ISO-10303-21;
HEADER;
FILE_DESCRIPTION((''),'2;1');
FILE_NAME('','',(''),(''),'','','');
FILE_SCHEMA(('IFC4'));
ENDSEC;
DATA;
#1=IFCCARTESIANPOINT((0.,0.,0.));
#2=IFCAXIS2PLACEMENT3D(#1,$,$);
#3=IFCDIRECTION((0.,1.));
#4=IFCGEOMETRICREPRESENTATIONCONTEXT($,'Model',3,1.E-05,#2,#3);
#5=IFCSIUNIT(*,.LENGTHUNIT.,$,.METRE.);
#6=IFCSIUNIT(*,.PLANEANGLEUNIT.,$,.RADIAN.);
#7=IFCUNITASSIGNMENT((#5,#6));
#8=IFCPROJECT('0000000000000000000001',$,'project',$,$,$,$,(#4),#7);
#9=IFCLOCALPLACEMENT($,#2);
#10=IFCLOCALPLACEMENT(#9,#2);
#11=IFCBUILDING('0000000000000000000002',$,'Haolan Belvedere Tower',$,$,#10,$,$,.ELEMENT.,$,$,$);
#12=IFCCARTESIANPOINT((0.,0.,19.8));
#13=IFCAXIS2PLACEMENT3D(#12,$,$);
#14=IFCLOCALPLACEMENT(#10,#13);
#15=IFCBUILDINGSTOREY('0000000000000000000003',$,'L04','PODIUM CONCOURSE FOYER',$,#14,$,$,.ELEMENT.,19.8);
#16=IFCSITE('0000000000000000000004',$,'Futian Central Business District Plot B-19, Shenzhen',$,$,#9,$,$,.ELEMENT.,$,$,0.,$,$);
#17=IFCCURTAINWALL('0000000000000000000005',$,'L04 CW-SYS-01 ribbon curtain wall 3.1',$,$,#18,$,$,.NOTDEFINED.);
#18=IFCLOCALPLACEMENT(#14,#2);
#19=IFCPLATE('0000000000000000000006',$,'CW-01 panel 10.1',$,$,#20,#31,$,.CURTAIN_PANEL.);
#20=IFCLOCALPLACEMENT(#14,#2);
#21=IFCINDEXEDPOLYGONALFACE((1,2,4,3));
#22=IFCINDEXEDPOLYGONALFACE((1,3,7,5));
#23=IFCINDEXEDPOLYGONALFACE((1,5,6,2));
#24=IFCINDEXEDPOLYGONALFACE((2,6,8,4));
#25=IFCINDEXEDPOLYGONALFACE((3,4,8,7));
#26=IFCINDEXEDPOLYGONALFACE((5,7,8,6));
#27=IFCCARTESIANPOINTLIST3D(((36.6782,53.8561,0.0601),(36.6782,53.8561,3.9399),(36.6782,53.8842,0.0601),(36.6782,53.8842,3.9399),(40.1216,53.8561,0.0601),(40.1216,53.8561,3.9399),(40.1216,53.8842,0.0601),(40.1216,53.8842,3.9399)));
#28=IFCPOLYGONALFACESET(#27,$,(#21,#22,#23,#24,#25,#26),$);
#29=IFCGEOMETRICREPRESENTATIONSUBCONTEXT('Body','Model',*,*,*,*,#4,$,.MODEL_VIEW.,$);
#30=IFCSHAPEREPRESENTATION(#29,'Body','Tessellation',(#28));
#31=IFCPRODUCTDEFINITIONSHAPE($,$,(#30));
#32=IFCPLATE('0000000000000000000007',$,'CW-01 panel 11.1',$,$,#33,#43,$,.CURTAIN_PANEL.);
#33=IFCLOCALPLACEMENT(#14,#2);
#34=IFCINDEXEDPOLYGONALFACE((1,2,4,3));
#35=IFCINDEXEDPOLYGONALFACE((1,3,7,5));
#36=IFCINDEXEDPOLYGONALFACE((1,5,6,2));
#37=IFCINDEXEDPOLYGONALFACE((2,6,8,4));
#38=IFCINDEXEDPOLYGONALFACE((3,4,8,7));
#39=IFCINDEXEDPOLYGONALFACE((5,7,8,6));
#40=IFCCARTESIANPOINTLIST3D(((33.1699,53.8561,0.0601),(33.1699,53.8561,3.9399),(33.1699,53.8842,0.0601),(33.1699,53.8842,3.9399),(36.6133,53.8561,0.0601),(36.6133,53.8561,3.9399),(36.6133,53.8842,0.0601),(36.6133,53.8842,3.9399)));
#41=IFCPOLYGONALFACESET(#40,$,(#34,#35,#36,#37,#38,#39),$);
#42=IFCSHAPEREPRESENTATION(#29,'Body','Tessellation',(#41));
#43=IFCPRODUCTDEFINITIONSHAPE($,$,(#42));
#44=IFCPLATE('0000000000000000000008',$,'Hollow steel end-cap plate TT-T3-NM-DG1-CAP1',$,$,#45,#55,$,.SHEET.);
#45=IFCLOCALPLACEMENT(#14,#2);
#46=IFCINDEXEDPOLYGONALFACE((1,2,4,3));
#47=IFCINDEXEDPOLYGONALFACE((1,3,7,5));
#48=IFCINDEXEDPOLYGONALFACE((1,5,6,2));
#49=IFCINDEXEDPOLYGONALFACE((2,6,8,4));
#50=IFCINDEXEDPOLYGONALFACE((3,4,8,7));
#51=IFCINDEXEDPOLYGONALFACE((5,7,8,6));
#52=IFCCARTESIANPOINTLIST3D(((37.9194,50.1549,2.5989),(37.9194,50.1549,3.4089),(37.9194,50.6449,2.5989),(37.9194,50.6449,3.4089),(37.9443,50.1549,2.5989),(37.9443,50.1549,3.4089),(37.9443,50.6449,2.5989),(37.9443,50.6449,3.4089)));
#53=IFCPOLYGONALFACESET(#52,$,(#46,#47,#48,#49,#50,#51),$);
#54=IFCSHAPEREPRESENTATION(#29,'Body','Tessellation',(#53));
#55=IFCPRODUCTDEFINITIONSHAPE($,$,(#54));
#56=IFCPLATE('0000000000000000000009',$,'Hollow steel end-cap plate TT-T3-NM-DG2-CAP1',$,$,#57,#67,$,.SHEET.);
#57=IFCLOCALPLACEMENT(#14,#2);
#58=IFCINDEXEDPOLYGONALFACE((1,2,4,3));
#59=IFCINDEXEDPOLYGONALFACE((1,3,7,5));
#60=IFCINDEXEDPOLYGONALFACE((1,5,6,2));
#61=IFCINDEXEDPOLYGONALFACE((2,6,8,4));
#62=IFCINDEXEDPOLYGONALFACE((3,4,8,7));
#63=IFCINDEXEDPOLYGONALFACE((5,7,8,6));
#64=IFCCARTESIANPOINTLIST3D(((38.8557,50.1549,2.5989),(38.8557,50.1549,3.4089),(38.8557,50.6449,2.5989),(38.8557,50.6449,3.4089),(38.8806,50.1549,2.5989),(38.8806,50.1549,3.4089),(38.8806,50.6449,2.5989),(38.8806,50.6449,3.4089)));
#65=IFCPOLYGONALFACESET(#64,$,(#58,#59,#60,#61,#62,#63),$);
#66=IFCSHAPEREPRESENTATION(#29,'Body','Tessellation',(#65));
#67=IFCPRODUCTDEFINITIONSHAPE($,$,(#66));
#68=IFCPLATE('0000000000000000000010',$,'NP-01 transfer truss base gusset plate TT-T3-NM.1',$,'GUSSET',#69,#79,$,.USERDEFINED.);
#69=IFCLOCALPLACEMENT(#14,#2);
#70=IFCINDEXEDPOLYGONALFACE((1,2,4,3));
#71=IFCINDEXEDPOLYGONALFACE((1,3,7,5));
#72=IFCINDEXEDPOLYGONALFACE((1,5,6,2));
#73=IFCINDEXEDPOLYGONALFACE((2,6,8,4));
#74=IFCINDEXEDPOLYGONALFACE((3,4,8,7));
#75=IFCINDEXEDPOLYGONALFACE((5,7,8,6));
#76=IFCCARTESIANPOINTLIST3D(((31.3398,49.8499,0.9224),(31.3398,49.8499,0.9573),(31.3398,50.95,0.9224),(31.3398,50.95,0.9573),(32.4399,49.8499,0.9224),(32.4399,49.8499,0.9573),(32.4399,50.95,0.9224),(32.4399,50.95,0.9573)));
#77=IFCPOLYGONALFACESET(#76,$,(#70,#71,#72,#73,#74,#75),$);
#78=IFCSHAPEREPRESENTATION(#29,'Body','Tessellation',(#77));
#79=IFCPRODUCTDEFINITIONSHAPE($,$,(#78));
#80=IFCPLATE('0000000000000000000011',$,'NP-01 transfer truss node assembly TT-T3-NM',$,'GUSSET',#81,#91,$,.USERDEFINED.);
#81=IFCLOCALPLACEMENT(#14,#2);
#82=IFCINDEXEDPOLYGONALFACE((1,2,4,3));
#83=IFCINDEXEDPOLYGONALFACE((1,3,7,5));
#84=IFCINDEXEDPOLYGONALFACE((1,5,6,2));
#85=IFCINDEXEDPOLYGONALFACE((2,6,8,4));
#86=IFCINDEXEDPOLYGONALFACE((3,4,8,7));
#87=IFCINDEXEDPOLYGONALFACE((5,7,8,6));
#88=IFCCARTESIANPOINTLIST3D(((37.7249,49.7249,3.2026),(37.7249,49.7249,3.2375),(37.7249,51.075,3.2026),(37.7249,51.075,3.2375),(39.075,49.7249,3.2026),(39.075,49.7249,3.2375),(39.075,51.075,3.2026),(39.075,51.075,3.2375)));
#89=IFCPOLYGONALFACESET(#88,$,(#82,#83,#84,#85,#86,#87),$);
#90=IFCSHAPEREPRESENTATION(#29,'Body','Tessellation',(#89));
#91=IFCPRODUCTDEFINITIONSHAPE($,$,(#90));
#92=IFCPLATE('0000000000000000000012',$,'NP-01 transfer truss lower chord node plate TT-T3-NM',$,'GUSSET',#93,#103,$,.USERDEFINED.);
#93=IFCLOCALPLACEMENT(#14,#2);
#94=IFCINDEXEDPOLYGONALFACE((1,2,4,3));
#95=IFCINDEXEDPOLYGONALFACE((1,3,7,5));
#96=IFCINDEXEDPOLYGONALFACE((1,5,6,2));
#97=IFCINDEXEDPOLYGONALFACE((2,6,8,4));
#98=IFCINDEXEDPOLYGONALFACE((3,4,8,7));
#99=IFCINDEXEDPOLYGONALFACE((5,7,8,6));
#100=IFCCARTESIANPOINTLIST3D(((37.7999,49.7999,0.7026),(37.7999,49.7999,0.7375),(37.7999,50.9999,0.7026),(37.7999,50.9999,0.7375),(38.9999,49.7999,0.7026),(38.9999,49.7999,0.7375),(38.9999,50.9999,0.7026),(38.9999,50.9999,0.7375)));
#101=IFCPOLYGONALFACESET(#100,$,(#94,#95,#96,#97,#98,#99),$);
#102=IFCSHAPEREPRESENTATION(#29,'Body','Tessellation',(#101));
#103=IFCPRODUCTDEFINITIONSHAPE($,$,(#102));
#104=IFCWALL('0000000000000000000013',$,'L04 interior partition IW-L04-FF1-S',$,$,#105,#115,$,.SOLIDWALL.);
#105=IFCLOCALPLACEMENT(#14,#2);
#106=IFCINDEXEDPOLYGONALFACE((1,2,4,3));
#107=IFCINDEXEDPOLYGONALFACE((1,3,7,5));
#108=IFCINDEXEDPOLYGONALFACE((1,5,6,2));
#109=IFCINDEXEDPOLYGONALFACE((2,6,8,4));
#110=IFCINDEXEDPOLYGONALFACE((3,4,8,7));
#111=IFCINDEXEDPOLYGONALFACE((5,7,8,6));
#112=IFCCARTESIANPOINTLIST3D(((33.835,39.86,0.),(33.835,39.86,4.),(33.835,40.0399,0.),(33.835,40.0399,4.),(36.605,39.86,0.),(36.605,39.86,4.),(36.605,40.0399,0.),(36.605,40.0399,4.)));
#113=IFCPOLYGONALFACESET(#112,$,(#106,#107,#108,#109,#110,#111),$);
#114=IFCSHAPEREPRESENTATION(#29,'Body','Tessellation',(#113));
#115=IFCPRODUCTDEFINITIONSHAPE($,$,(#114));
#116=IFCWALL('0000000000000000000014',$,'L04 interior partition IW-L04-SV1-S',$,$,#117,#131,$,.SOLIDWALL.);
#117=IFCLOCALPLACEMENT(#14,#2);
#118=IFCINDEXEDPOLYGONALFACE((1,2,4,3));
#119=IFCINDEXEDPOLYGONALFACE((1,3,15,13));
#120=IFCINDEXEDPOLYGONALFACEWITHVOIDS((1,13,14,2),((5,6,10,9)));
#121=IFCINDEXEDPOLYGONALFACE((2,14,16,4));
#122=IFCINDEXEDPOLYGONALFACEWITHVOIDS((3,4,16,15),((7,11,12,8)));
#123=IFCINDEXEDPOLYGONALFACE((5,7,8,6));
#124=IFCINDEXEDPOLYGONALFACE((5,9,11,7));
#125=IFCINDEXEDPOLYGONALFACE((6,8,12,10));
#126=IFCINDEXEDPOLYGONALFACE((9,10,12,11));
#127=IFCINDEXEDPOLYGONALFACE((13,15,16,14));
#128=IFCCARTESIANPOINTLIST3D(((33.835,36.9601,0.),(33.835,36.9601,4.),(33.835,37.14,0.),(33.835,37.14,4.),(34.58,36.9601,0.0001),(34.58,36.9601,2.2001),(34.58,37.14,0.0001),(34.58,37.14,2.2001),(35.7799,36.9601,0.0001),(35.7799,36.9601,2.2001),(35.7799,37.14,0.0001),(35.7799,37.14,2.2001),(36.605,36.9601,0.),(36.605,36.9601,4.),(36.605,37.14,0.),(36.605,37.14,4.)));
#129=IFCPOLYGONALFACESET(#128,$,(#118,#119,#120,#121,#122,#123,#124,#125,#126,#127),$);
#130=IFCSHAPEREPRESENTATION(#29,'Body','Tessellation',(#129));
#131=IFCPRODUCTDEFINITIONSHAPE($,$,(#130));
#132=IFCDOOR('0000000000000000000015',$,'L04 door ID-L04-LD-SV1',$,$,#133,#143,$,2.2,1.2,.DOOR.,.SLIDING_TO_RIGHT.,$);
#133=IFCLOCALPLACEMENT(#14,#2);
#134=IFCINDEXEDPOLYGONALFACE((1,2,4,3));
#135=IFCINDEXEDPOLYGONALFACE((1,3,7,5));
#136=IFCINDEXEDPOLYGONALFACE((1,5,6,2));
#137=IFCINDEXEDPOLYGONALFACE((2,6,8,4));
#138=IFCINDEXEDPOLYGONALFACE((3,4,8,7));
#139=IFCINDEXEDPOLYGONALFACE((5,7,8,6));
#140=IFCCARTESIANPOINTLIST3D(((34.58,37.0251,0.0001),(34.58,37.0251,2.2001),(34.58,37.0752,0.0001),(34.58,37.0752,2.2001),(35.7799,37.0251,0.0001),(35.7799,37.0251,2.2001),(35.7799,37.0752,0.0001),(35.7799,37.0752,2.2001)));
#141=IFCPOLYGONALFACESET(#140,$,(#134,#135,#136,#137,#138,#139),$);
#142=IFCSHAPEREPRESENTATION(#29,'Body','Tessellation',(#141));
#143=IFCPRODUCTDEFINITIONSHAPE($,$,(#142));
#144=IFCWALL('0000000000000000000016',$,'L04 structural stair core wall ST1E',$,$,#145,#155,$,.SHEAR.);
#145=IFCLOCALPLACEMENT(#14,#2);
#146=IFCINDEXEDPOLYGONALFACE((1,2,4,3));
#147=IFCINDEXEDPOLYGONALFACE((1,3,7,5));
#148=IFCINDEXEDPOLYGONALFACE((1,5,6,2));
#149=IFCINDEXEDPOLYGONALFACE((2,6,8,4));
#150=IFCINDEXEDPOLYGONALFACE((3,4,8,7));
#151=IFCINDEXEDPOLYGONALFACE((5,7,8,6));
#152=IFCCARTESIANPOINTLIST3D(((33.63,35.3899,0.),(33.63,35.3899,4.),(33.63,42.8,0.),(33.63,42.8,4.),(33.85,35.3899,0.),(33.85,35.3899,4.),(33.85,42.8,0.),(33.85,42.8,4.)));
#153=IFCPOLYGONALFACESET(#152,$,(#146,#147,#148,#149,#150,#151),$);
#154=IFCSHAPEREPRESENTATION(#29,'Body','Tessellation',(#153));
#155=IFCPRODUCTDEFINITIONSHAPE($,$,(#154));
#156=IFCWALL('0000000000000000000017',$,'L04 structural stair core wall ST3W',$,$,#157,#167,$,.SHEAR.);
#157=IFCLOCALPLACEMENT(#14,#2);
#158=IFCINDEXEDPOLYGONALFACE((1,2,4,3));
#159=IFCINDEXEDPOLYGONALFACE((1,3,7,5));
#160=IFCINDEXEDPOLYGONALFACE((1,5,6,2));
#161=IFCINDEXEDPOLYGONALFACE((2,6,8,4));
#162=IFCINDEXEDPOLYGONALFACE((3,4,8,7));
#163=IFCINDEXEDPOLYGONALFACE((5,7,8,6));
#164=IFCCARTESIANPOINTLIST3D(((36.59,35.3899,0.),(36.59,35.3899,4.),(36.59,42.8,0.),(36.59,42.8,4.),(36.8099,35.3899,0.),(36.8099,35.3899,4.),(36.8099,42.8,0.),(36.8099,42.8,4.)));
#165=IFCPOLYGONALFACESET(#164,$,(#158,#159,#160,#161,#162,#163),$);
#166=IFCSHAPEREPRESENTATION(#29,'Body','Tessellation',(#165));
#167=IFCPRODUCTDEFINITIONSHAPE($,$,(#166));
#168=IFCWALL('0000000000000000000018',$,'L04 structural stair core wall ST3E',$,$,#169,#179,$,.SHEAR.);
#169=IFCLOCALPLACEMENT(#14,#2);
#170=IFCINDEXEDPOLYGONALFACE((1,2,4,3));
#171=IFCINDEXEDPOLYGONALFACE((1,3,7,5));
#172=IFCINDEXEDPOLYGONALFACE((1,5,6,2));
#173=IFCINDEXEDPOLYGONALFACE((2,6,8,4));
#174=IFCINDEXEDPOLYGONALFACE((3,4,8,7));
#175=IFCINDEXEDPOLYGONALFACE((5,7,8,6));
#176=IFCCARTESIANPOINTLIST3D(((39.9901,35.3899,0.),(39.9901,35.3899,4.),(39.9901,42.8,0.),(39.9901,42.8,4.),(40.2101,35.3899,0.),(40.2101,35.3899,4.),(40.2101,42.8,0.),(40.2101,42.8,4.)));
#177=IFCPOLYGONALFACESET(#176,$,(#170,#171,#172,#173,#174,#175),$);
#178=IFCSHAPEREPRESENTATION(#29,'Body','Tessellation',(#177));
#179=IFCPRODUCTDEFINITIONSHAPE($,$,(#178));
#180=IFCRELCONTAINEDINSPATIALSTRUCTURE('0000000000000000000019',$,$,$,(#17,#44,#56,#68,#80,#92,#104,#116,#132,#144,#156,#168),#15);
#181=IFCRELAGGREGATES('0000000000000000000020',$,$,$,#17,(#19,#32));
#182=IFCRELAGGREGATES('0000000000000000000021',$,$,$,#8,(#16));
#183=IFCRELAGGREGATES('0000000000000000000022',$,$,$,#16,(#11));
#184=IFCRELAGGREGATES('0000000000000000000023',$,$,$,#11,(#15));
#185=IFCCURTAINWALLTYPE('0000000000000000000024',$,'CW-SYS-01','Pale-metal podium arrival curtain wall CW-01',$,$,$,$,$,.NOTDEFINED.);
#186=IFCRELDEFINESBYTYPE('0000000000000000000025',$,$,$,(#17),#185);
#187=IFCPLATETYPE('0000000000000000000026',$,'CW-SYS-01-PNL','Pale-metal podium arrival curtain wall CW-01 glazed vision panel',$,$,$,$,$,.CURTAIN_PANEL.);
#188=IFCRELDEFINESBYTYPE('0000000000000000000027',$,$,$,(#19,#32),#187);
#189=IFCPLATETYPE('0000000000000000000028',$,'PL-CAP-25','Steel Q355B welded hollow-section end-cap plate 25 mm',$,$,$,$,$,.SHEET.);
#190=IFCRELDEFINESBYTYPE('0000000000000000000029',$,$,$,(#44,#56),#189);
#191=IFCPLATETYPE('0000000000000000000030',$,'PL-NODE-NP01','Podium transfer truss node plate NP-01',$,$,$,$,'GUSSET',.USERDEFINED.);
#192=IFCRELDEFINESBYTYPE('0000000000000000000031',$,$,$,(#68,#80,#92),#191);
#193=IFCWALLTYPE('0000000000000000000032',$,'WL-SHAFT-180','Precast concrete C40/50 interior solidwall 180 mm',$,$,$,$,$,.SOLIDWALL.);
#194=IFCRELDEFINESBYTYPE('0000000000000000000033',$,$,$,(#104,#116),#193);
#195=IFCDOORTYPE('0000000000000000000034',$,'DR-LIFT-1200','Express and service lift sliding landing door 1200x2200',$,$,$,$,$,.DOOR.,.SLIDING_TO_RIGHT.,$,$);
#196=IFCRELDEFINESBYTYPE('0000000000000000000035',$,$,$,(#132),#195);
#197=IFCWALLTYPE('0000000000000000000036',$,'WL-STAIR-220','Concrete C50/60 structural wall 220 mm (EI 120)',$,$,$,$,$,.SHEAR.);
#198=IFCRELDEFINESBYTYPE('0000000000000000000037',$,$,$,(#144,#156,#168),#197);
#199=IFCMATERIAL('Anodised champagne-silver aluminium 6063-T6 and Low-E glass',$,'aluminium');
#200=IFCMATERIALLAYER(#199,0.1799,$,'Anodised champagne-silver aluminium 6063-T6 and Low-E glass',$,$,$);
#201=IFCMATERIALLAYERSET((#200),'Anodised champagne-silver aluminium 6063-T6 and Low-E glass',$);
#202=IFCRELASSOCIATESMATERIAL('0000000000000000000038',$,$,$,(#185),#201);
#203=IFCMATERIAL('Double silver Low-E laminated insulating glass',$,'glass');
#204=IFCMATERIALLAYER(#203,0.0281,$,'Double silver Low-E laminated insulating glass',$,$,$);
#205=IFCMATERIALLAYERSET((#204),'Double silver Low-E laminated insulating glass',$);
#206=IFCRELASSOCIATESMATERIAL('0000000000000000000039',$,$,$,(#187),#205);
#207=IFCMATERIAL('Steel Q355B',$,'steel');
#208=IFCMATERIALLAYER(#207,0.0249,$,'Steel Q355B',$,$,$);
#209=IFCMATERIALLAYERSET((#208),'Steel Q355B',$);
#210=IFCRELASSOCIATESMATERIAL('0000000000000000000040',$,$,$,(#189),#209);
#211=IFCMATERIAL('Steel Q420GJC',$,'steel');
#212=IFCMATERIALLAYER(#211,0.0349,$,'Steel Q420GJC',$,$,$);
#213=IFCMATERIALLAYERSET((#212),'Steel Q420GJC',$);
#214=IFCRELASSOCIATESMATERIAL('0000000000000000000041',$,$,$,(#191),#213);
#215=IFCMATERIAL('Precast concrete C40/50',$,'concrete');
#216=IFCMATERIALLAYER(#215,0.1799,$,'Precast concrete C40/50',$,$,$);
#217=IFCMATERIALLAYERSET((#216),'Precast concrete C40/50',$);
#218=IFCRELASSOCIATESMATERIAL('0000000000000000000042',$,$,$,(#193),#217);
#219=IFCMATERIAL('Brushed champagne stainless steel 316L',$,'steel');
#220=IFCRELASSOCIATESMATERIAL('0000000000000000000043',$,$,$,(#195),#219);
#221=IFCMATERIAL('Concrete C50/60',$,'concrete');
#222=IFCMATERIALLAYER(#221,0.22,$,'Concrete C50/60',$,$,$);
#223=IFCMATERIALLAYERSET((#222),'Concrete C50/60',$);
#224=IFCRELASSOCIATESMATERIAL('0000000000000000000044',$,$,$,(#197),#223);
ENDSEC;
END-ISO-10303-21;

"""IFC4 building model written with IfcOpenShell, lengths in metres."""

from ifc_helpers import new_model, si_unit, direction, frame, frame_2d, origin, origin_2d, place, context, subcontext, project, spatial, rectangle, extrude, material, layer, layer_set, type_object, element, fill, aggregate, save


model = new_model("IFC4")

# Units and contexts
model_context = context("Model", 3, precision=1e-05, world=origin(), true_north=direction((0.0, 1.0)))
body_context = subcontext(model_context, "Body", "Model", "MODEL_VIEW")
ifc_project = project(units=[si_unit("LENGTHUNIT", "METRE"), si_unit("PLANEANGLEUNIT", "RADIAN")], contexts=[model_context])

# Site, building, storey
site_placement = place(None, origin())
site = spatial("IfcSite", under=ifc_project, at=site_placement, Name="Futian Central Business District Plot B-19, Shenzhen", CompositionType="ELEMENT", RefElevation=0.0)
building_placement = place(site_placement, origin())
building = spatial("IfcBuilding", under=site, at=building_placement, Name="Haolan Belvedere Tower", CompositionType="ELEMENT")
storey_placement = place(building_placement, frame((0.0, 0.0, 19.8)))
storey = spatial("IfcBuildingStorey", under=building, at=storey_placement, Name="L04", Description="PODIUM CONCOURSE FOYER", CompositionType="ELEMENT", Elevation=19.8)

# Shared definitions
ifc_material_1 = material(Name="Concrete C50/60", Category="concrete")

# Curtain wall
ifc_material_2 = material(Name="Anodised champagne-silver aluminium 6063-T6 and Low-E glass", Category="aluminium")
ifc_layer_1 = layer(ifc_material_2, 0.1799, Name="Anodised champagne-silver aluminium 6063-T6 and Low-E glass")
ifc_layer_set_1 = layer_set([ifc_layer_1], Name="Anodised champagne-silver aluminium 6063-T6 and Low-E glass")
curtain_wall_type = type_object("IfcCurtainWallType", Name="CW-SYS-01", Description="Pale-metal podium arrival curtain wall CW-01", PredefinedType="NOTDEFINED", material=ifc_layer_set_1)
curtain_wall_placement = place(storey_placement, origin())
curtain_wall = element("IfcCurtainWall", 1, at=curtain_wall_placement, inside=storey, type_object=curtain_wall_type, Name="L04 CW-SYS-01 ribbon curtain wall 3.1", PredefinedType="NOTDEFINED")

# Plates
ifc_material_3 = material(Name="Double silver Low-E laminated insulating glass", Category="glass")
ifc_layer_2 = layer(ifc_material_3, 0.0281, Name="Double silver Low-E laminated insulating glass")
ifc_layer_set_2 = layer_set([ifc_layer_2], Name="Double silver Low-E laminated insulating glass")
plate_type_1 = type_object("IfcPlateType", Name="CW-SYS-01-PNL", Description="Pale-metal podium arrival curtain wall CW-01 glazed vision panel", PredefinedType="CURTAIN_PANEL", material=ifc_layer_set_2)
plate_1_placement = place(storey_placement, frame((38.3999, 53.8701, 0.0601), z_axis=(0.0, 0.0, 1.0), x_axis=(-1.0, 0.0, 0.0)))
plate_1 = element("IfcPlate", 2, at=plate_1_placement, type_object=plate_type_1, Name="CW-01 panel 10.1", PredefinedType="CURTAIN_PANEL", context=body_context, shape_type="SweptSolid", body=[
    extrude(rectangle(XDim=3.4434, YDim=0.0281, at=origin_2d()), origin(), (0.0, 0.0, 1.0), 3.8799),
])
plate_2_placement = place(storey_placement, frame((34.8916, 53.8701, 0.0601), z_axis=(0.0, 0.0, 1.0), x_axis=(-1.0, 0.0, 0.0)))
plate_2 = element("IfcPlate", 3, at=plate_2_placement, type_object=plate_type_1, Name="CW-01 panel 11.1", PredefinedType="CURTAIN_PANEL", context=body_context, shape_type="SweptSolid", body=[
    extrude(rectangle(XDim=3.4434, YDim=0.0281, at=origin_2d()), origin(), (0.0, 0.0, 1.0), 3.8799),
])
aggregate(curtain_wall, [plate_1, plate_2])

# Plates
ifc_material_4 = material(Name="Steel Q355B", Category="steel")
ifc_layer_3 = layer(ifc_material_4, 0.0249, Name="Steel Q355B")
ifc_layer_set_3 = layer_set([ifc_layer_3], Name="Steel Q355B")
plate_type_2 = type_object("IfcPlateType", Name="PL-CAP-25", Description="Steel Q355B welded hollow-section end-cap plate 25 mm", PredefinedType="SHEET", material=ifc_layer_set_3)
for number, where, z_axis, x_axis, name in (
    (4, (37.9319, 50.3999, 2.5989), (0.0, 0.0, 1.0), (0.0, 1.0, 0.0), "Hollow steel end-cap plate TT-T3-NM-DG1-CAP1"),
    (5, (38.8682, 50.3999, 2.5989), (0.0, 0.0, 1.0), (0.0, -1.0, 0.0), "Hollow steel end-cap plate TT-T3-NM-DG2-CAP1"),
):
    element("IfcPlate", number, at=place(storey_placement, frame(where, z_axis=z_axis, x_axis=x_axis)), inside=storey, type_object=plate_type_2, Name=name, PredefinedType="SHEET", context=body_context, shape_type="SweptSolid", body=[
        extrude(rectangle(XDim=0.49, YDim=0.0249, at=origin_2d()), origin(), (0.0, 0.0, 1.0), 0.8101),
    ])
ifc_material_5 = material(Name="Steel Q420GJC", Category="steel")
ifc_layer_4 = layer(ifc_material_5, 0.0349, Name="Steel Q420GJC")
ifc_layer_set_4 = layer_set([ifc_layer_4], Name="Steel Q420GJC")
plate_type_3 = type_object("IfcPlateType", Name="PL-NODE-NP01", Description="Podium transfer truss node plate NP-01", ElementType="GUSSET", PredefinedType="USERDEFINED", material=ifc_layer_set_4)
plate_3_placement = place(storey_placement, frame((31.8899, 50.3999, 0.9224), z_axis=(0.0, 0.0, 1.0), x_axis=(1.0, 0.0, 0.0)))
element("IfcPlate", 6, at=plate_3_placement, inside=storey, type_object=plate_type_3, Name="NP-01 transfer truss base gusset plate TT-T3-NM.1", ObjectType="GUSSET", PredefinedType="USERDEFINED", context=body_context, shape_type="SweptSolid", body=[
    extrude(rectangle(XDim=1.1001, YDim=1.1001, at=origin_2d()), origin(), (0.0, 0.0, 1.0), 0.0349),
])
plate_4_placement = place(storey_placement, frame((38.3999, 50.3999, 3.2026), z_axis=(0.0, 0.0, 1.0), x_axis=(1.0, 0.0, 0.0)))
element("IfcPlate", 7, at=plate_4_placement, inside=storey, type_object=plate_type_3, Name="NP-01 transfer truss node assembly TT-T3-NM", ObjectType="GUSSET", PredefinedType="USERDEFINED", context=body_context, shape_type="SweptSolid", body=[
    extrude(rectangle(XDim=1.3501, YDim=1.3501, at=origin_2d()), origin(), (0.0, 0.0, 1.0), 0.0349),
])
plate_5_placement = place(storey_placement, frame((38.3999, 50.3999, 0.7026), z_axis=(0.0, 0.0, 1.0), x_axis=(1.0, 0.0, 0.0)))
element("IfcPlate", 8, at=plate_5_placement, inside=storey, type_object=plate_type_3, Name="NP-01 transfer truss lower chord node plate TT-T3-NM", ObjectType="GUSSET", PredefinedType="USERDEFINED", context=body_context, shape_type="SweptSolid", body=[
    extrude(rectangle(XDim=1.2, YDim=1.2, at=origin_2d()), origin(), (0.0, 0.0, 1.0), 0.0349),
])

# Wall
ifc_material_6 = material(Name="Precast concrete C40/50", Category="concrete")
ifc_layer_5 = layer(ifc_material_6, 0.1799, Name="Precast concrete C40/50")
ifc_layer_set_5 = layer_set([ifc_layer_5], Name="Precast concrete C40/50")
wall_type_1 = type_object("IfcWallType", Name="WL-SHAFT-180", Description="Precast concrete C40/50 interior solidwall 180 mm", PredefinedType="SOLIDWALL", material=ifc_layer_set_5)
wall_1_placement = place(storey_placement, frame((33.835, 39.95, 0.0), z_axis=(0.0, 0.0, 1.0), x_axis=(1.0, 0.0, 0.0)))
element("IfcWall", 9, at=wall_1_placement, inside=storey, type_object=wall_type_1, Name="L04 interior partition IW-L04-FF1-S", PredefinedType="SOLIDWALL", context=body_context, shape_type="SweptSolid", body=[
    extrude(rectangle(XDim=2.77, YDim=0.1799, at=frame_2d((1.385, 0.0))), origin(), (0.0, 0.0, 1.0), 4.0),
])

# Wall, opening, door
wall_2_placement = place(storey_placement, frame((33.835, 37.05, 0.0), z_axis=(0.0, 0.0, 1.0), x_axis=(1.0, 0.0, 0.0)))
wall_2 = element("IfcWall", 10, at=wall_2_placement, inside=storey, type_object=wall_type_1, Name="L04 interior partition IW-L04-SV1-S", PredefinedType="SOLIDWALL", context=body_context, shape_type="SweptSolid", body=[
    extrude(rectangle(XDim=2.77, YDim=0.1799, at=frame_2d((1.385, 0.0))), origin(), (0.0, 0.0, 1.0), 4.0),
])
opening_placement = place(wall_2_placement, frame((1.9451, 0.0, 0.0), z_axis=(0.0, 0.0, 1.0), x_axis=(-1.0, 0.0, 0.0)))
opening = element("IfcOpeningElement", 11, at=opening_placement, cuts=wall_2, PredefinedType="OPENING", context=body_context, shape_type="SweptSolid", body=[
    extrude(rectangle(XDim=1.2, YDim=2.2, at=frame_2d((0.6001, 1.1001))), frame((0.0, 0.0999, 0.0), z_axis=(0.0, -1.0, 0.0), x_axis=(1.0, 0.0, 0.0)), (0.0, 0.0, 1.0), 0.2),
])
ifc_material_7 = material(Name="Brushed champagne stainless steel 316L", Category="steel")
door_type = type_object("IfcDoorType", Name="DR-LIFT-1200", Description="Express and service lift sliding landing door 1200x2200", OperationType="SLIDING_TO_RIGHT", PredefinedType="DOOR", material=ifc_material_7)
door_placement = place(opening_placement, origin())
door = element("IfcDoor", 12, at=door_placement, inside=storey, type_object=door_type, Name="L04 door ID-L04-LD-SV1", OperationType="SLIDING_TO_RIGHT", OverallHeight=2.2, OverallWidth=1.2, PredefinedType="DOOR", context=body_context, shape_type="SweptSolid", body=[
    extrude(rectangle(XDim=1.2, YDim=2.2, at=frame_2d((0.6001, 1.1001))), frame((0.0, 0.0249, 0.0), z_axis=(0.0, -1.0, 0.0), x_axis=(1.0, 0.0, 0.0)), (0.0, 0.0, 1.0), 0.05),
])
fill(opening, door)

# Walls
ifc_layer_6 = layer(ifc_material_1, 0.22, Name="Concrete C50/60")
ifc_layer_set_6 = layer_set([ifc_layer_6], Name="Concrete C50/60")
wall_type_2 = type_object("IfcWallType", Name="WL-STAIR-220", Description="Concrete C50/60 structural wall 220 mm (EI 120)", PredefinedType="SHEAR", material=ifc_layer_set_6)
for number, where, z_axis, x_axis, name in (
    (13, (33.74, 35.3899, 0.0), (0.0, 0.0, 1.0), (0.0, 1.0, 0.0), "L04 structural stair core wall ST1E"),
    (14, (36.7, 35.3899, 0.0), (0.0, 0.0, 1.0), (0.0, 1.0, 0.0), "L04 structural stair core wall ST3W"),
    (15, (40.1001, 35.3899, 0.0), (0.0, 0.0, 1.0), (0.0, 1.0, 0.0), "L04 structural stair core wall ST3E"),
):
    element("IfcWall", number, at=place(storey_placement, frame(where, z_axis=z_axis, x_axis=x_axis)), inside=storey, type_object=wall_type_2, Name=name, PredefinedType="SHEAR", context=body_context, shape_type="SweptSolid", body=[
        extrude(rectangle(XDim=7.4102, YDim=0.22, at=frame_2d((3.7051, 0.0))), origin(), (0.0, 0.0, 1.0), 4.0),
    ])

save(model, "model.ifc")
